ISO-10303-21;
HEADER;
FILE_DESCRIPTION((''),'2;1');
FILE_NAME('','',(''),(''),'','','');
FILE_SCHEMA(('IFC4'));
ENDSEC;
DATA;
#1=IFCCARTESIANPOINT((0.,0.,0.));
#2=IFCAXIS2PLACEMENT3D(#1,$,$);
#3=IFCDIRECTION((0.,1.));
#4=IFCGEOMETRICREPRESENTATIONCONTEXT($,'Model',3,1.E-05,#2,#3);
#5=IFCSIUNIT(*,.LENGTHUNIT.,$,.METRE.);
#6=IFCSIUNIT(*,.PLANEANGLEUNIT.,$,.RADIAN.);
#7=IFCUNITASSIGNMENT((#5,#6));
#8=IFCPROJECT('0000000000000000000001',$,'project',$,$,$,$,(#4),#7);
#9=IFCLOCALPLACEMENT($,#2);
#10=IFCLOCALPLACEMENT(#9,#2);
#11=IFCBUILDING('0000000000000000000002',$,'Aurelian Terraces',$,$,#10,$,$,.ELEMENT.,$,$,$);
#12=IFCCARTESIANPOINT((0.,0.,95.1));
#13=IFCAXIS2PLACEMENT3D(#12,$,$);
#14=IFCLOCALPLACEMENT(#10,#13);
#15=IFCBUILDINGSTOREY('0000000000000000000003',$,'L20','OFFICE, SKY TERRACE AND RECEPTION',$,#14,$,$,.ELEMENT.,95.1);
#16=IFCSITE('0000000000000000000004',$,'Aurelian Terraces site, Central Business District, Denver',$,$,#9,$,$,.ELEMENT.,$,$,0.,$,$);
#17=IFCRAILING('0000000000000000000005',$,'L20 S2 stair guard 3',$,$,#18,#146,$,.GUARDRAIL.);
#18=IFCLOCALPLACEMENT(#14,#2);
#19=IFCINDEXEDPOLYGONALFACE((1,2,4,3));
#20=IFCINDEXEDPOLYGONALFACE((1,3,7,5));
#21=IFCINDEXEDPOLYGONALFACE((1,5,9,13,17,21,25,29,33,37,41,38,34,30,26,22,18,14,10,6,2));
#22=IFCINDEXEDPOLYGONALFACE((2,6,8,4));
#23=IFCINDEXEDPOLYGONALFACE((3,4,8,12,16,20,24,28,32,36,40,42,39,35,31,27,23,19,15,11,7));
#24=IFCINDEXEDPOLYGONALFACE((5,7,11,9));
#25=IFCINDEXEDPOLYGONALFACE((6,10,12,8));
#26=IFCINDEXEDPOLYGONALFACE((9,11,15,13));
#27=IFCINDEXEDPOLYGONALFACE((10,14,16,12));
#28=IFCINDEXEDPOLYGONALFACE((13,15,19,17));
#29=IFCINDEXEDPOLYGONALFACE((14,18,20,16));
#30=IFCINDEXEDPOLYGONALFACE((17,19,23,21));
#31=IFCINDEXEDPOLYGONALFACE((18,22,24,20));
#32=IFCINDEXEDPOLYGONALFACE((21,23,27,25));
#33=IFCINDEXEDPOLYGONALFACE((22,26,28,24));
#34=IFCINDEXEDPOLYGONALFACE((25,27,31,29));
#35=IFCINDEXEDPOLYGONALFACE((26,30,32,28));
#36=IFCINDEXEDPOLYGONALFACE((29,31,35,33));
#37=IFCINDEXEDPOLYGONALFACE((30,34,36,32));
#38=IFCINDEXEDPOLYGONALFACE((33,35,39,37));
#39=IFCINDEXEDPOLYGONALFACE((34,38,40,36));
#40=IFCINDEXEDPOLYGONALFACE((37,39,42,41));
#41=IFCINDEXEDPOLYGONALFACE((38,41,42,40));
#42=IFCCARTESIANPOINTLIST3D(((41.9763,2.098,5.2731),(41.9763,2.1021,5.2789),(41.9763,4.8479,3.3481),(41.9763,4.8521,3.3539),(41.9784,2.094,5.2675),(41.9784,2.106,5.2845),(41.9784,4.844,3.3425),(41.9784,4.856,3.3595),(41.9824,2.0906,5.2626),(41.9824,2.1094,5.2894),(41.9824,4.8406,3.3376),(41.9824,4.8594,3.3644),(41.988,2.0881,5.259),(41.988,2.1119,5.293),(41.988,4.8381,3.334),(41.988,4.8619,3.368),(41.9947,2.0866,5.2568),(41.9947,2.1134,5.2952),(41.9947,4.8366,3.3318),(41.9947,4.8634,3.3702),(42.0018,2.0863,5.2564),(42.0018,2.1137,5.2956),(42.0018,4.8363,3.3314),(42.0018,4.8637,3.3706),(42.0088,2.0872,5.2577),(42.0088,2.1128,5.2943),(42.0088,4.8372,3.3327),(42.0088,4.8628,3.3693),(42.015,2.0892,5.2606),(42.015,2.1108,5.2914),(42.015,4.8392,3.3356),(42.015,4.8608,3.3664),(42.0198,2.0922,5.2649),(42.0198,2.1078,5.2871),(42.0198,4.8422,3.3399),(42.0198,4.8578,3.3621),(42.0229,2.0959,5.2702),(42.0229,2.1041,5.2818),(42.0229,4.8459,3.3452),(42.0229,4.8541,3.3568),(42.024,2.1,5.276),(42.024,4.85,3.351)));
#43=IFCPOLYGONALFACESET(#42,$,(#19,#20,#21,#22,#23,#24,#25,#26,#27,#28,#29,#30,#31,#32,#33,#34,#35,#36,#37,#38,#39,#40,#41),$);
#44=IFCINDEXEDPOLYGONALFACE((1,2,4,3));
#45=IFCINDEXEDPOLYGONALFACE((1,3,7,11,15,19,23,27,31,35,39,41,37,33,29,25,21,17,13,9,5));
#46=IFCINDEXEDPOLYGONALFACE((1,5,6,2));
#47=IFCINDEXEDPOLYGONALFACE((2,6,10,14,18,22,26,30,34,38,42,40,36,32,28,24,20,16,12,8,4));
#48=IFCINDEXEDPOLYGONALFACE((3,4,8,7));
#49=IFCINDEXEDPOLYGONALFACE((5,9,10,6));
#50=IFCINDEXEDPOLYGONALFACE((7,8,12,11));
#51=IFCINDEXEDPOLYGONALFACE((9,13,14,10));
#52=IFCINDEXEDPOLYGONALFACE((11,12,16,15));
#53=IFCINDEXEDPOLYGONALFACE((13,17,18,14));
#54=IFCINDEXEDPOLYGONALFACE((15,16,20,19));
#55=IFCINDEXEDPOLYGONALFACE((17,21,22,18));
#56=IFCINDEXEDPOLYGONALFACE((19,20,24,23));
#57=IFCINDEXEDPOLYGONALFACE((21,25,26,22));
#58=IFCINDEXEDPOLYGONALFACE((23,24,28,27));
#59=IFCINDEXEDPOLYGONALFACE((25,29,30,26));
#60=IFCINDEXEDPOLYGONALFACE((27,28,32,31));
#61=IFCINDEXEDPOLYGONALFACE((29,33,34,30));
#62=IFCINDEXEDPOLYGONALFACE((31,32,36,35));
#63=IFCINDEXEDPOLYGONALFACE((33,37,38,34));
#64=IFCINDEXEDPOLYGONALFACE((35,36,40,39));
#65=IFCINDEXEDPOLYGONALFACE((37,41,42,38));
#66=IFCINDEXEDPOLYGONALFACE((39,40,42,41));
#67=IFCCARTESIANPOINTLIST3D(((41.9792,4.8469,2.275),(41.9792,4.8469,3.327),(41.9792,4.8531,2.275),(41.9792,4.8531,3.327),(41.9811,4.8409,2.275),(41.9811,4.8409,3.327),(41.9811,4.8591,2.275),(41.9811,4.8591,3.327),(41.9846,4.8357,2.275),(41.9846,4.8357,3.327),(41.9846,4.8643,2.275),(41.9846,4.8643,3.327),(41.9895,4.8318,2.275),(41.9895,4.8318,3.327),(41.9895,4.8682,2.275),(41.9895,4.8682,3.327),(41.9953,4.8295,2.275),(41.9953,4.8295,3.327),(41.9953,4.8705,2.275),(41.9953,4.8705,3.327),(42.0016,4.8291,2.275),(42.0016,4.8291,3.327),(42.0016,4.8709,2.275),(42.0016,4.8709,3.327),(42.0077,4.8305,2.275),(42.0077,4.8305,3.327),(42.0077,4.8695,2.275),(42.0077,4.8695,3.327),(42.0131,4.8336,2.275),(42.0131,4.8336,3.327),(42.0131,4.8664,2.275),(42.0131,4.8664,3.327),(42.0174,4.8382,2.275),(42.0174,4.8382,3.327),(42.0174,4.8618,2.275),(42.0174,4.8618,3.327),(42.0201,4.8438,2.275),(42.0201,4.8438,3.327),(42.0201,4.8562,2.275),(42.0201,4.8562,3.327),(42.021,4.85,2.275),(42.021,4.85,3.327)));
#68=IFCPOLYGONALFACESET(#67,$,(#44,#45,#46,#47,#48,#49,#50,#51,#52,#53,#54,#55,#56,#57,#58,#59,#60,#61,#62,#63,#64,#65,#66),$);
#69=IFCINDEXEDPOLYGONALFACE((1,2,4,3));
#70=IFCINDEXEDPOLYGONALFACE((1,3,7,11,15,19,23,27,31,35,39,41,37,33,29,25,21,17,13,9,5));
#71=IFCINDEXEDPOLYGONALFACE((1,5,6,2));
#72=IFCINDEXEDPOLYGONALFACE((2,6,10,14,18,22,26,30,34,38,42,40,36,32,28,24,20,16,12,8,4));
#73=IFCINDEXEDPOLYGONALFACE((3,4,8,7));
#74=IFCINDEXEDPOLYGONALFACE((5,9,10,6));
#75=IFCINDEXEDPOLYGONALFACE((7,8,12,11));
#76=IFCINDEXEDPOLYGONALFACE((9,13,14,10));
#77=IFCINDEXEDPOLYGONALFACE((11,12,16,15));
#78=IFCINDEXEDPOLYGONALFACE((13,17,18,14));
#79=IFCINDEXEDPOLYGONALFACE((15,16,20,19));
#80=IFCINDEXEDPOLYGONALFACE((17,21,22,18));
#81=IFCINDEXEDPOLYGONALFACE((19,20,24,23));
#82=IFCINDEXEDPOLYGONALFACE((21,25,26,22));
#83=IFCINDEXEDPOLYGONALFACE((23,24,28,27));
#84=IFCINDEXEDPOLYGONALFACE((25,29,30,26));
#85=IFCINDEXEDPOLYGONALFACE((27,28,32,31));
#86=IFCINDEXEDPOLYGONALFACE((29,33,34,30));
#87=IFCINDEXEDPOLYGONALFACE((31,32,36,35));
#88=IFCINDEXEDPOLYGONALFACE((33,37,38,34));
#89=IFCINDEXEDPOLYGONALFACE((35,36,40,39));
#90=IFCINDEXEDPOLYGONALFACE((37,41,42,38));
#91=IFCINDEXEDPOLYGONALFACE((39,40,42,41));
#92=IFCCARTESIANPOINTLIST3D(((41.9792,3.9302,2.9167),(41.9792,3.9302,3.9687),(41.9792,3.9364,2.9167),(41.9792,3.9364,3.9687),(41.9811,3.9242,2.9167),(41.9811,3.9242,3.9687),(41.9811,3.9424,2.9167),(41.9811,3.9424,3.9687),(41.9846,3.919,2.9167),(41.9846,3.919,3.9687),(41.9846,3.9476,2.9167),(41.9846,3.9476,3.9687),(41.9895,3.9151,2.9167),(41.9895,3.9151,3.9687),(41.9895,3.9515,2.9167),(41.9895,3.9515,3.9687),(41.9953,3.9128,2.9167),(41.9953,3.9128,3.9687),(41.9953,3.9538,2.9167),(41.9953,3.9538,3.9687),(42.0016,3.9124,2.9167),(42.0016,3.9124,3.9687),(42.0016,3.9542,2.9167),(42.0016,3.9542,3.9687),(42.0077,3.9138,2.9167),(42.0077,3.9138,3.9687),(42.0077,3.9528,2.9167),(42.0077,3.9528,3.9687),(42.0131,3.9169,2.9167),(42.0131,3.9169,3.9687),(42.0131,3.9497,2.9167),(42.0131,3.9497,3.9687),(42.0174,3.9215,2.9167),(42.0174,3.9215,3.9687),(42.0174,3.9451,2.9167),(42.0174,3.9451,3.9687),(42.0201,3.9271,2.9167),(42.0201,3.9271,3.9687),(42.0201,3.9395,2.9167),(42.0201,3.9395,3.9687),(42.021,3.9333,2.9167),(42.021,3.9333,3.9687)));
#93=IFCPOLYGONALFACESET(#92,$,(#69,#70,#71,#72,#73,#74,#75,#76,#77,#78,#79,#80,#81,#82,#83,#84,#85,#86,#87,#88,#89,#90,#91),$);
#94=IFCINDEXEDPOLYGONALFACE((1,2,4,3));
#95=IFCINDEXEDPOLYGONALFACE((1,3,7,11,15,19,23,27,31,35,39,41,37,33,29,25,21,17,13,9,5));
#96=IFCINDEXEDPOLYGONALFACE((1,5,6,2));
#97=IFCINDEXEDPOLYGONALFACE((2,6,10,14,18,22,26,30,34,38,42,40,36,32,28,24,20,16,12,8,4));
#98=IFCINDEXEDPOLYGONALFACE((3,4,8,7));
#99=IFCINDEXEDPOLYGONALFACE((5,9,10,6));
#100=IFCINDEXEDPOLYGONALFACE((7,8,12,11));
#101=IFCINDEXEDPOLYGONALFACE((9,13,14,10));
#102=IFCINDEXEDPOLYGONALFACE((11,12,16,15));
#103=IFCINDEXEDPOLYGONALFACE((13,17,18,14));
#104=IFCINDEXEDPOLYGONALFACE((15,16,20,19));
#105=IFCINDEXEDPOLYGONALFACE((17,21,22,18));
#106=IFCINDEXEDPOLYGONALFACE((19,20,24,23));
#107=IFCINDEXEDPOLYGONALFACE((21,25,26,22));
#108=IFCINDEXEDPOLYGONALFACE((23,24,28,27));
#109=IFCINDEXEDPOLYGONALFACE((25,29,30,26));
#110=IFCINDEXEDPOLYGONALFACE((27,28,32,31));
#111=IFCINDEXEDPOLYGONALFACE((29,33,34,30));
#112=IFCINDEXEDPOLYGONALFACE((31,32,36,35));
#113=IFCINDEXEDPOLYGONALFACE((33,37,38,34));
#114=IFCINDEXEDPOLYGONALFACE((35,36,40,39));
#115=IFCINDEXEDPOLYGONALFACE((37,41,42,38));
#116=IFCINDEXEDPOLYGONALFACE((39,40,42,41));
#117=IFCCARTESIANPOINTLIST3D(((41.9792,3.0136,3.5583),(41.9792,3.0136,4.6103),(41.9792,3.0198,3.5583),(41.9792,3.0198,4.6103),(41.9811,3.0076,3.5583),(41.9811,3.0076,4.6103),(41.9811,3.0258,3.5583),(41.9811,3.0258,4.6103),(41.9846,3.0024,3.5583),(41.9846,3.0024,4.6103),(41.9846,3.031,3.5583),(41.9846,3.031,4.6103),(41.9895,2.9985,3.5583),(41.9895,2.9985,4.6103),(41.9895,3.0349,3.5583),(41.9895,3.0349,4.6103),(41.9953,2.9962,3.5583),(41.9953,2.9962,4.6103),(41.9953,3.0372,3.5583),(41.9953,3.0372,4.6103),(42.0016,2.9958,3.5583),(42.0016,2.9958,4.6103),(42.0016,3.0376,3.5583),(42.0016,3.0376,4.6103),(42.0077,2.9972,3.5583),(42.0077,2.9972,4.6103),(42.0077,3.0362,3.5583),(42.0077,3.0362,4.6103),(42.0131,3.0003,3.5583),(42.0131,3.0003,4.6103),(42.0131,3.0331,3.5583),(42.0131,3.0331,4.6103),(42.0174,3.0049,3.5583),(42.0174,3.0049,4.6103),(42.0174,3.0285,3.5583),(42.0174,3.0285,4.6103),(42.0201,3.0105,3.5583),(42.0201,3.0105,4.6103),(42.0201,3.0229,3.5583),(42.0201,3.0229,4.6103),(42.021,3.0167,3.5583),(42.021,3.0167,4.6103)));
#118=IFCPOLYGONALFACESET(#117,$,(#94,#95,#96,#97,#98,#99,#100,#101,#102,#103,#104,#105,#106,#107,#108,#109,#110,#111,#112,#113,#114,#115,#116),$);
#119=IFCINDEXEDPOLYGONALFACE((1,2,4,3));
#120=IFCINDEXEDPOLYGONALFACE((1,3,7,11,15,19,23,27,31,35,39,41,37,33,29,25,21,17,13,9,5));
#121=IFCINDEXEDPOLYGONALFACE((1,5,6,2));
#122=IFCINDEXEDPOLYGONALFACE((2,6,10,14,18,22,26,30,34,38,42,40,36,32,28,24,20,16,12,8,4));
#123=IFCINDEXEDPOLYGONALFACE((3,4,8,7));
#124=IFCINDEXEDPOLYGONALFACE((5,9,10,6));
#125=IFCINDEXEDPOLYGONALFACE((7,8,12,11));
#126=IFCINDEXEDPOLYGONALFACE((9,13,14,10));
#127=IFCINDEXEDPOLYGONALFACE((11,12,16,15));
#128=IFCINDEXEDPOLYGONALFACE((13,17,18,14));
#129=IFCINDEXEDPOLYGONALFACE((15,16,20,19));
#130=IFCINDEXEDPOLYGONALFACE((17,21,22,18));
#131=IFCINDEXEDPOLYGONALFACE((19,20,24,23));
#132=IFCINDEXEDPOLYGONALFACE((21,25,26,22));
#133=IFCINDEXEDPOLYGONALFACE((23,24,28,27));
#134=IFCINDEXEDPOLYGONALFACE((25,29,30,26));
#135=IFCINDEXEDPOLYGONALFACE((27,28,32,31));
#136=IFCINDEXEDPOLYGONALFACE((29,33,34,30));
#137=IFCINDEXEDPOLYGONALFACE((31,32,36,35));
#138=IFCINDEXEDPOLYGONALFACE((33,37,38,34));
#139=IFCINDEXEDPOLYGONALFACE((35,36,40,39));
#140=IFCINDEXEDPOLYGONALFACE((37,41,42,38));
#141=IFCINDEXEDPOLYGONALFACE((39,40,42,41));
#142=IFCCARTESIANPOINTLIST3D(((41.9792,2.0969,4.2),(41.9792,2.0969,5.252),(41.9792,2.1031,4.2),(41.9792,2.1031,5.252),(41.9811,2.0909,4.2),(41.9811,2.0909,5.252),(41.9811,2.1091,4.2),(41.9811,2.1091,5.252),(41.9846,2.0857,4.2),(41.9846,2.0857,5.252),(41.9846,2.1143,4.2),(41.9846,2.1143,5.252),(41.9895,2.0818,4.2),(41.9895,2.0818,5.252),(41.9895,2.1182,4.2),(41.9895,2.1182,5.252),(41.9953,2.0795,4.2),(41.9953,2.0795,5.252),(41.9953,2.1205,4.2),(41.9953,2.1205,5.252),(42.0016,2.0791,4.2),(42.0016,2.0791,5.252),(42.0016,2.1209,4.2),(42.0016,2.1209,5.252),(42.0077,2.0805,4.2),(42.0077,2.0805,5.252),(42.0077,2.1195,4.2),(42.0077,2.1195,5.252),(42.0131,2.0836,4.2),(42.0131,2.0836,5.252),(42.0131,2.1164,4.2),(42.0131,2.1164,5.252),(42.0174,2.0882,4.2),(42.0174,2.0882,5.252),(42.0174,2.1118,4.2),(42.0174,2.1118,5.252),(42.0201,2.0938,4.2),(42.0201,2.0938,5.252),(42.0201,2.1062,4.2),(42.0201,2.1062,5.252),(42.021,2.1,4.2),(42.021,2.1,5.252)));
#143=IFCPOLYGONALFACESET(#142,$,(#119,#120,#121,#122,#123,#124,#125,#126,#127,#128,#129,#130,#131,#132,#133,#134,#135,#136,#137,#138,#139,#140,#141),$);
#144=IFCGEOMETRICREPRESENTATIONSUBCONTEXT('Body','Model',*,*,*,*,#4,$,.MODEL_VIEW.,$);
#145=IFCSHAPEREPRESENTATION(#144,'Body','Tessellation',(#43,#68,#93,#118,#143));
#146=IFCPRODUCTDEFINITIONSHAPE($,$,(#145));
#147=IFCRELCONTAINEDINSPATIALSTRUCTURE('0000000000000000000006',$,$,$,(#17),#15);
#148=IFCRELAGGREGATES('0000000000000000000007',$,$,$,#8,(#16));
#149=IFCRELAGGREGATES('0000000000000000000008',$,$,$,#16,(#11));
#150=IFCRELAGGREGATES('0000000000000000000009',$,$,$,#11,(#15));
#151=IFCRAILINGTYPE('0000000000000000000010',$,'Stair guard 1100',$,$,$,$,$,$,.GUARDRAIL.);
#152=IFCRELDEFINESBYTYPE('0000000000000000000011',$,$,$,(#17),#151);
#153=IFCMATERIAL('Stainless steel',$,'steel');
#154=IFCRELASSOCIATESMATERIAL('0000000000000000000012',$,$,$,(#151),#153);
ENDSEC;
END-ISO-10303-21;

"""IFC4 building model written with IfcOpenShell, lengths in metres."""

from ifc_helpers import new_model, si_unit, direction, frame, origin, origin_2d, place, context, subcontext, project, spatial, circle, extrude, source, transform, mapped, material, type_object, element, save


model = new_model("IFC4")

# Units and contexts
model_context = context("Model", 3, precision=1e-05, world=origin(), true_north=direction((0.0, 1.0)))
body_context = subcontext(model_context, "Body", "Model", "MODEL_VIEW")
ifc_project = project(units=[si_unit("LENGTHUNIT", "METRE"), si_unit("PLANEANGLEUNIT", "RADIAN")], contexts=[model_context])

# Site, building, storey
site_placement = place(None, origin())
site = spatial("IfcSite", under=ifc_project, at=site_placement, Name="Aurelian Terraces site, Central Business District, Denver", CompositionType="ELEMENT", RefElevation=0.0)
building_placement = place(site_placement, origin())
building = spatial("IfcBuilding", under=site, at=building_placement, Name="Aurelian Terraces", CompositionType="ELEMENT")
storey_placement = place(building_placement, frame((0.0, 0.0, 95.1)))
storey = spatial("IfcBuildingStorey", under=building, at=storey_placement, Name="L20", Description="OFFICE, SKY TERRACE AND RECEPTION", CompositionType="ELEMENT", Elevation=95.1)

# Railing
ifc_material_1 = material(Name="Stainless steel", Category="steel")
railing_type_1 = type_object("IfcRailingType", Name="Stair guard 1100", PredefinedType="GUARDRAIL", material=ifc_material_1)
shared_shape_1 = source(origin(), body_context, "Body", "SweptSolid", [
    extrude(circle(Radius=0.024, at=origin_2d()), frame((0.0, 0.0, 1.076), z_axis=(0.0, -0.819232, 0.573462), x_axis=(1.0, 0.0, 0.0)), (0.0, 0.0, 1.0), 3.3568),
    extrude(circle(Radius=0.021, at=origin_2d()), origin(), (0.0, 0.0, 1.0), 1.052),
    extrude(circle(Radius=0.021, at=origin_2d()), frame((0.0, -0.9167, 0.6417)), (0.0, 0.0, 1.0), 1.052),
    extrude(circle(Radius=0.021, at=origin_2d()), frame((0.0, -1.8333, 1.2833)), (0.0, 0.0, 1.0), 1.052),
    extrude(circle(Radius=0.021, at=origin_2d()), frame((0.0, -2.75, 1.925)), (0.0, 0.0, 1.0), 1.052),
])
railing_1_placement = place(storey_placement, frame((42.0, 4.85, 2.275)))
element("IfcRailing", 1, at=railing_1_placement, inside=storey, type_object=railing_type_1, Name="L20 S2 stair guard 3", PredefinedType="GUARDRAIL", context=body_context, shape_type="MappedRepresentation", body=[
    mapped(shared_shape_1, transform((0.0, 0.0, 0.0), scale=1.0)),
])

save(model, "model.ifc")
